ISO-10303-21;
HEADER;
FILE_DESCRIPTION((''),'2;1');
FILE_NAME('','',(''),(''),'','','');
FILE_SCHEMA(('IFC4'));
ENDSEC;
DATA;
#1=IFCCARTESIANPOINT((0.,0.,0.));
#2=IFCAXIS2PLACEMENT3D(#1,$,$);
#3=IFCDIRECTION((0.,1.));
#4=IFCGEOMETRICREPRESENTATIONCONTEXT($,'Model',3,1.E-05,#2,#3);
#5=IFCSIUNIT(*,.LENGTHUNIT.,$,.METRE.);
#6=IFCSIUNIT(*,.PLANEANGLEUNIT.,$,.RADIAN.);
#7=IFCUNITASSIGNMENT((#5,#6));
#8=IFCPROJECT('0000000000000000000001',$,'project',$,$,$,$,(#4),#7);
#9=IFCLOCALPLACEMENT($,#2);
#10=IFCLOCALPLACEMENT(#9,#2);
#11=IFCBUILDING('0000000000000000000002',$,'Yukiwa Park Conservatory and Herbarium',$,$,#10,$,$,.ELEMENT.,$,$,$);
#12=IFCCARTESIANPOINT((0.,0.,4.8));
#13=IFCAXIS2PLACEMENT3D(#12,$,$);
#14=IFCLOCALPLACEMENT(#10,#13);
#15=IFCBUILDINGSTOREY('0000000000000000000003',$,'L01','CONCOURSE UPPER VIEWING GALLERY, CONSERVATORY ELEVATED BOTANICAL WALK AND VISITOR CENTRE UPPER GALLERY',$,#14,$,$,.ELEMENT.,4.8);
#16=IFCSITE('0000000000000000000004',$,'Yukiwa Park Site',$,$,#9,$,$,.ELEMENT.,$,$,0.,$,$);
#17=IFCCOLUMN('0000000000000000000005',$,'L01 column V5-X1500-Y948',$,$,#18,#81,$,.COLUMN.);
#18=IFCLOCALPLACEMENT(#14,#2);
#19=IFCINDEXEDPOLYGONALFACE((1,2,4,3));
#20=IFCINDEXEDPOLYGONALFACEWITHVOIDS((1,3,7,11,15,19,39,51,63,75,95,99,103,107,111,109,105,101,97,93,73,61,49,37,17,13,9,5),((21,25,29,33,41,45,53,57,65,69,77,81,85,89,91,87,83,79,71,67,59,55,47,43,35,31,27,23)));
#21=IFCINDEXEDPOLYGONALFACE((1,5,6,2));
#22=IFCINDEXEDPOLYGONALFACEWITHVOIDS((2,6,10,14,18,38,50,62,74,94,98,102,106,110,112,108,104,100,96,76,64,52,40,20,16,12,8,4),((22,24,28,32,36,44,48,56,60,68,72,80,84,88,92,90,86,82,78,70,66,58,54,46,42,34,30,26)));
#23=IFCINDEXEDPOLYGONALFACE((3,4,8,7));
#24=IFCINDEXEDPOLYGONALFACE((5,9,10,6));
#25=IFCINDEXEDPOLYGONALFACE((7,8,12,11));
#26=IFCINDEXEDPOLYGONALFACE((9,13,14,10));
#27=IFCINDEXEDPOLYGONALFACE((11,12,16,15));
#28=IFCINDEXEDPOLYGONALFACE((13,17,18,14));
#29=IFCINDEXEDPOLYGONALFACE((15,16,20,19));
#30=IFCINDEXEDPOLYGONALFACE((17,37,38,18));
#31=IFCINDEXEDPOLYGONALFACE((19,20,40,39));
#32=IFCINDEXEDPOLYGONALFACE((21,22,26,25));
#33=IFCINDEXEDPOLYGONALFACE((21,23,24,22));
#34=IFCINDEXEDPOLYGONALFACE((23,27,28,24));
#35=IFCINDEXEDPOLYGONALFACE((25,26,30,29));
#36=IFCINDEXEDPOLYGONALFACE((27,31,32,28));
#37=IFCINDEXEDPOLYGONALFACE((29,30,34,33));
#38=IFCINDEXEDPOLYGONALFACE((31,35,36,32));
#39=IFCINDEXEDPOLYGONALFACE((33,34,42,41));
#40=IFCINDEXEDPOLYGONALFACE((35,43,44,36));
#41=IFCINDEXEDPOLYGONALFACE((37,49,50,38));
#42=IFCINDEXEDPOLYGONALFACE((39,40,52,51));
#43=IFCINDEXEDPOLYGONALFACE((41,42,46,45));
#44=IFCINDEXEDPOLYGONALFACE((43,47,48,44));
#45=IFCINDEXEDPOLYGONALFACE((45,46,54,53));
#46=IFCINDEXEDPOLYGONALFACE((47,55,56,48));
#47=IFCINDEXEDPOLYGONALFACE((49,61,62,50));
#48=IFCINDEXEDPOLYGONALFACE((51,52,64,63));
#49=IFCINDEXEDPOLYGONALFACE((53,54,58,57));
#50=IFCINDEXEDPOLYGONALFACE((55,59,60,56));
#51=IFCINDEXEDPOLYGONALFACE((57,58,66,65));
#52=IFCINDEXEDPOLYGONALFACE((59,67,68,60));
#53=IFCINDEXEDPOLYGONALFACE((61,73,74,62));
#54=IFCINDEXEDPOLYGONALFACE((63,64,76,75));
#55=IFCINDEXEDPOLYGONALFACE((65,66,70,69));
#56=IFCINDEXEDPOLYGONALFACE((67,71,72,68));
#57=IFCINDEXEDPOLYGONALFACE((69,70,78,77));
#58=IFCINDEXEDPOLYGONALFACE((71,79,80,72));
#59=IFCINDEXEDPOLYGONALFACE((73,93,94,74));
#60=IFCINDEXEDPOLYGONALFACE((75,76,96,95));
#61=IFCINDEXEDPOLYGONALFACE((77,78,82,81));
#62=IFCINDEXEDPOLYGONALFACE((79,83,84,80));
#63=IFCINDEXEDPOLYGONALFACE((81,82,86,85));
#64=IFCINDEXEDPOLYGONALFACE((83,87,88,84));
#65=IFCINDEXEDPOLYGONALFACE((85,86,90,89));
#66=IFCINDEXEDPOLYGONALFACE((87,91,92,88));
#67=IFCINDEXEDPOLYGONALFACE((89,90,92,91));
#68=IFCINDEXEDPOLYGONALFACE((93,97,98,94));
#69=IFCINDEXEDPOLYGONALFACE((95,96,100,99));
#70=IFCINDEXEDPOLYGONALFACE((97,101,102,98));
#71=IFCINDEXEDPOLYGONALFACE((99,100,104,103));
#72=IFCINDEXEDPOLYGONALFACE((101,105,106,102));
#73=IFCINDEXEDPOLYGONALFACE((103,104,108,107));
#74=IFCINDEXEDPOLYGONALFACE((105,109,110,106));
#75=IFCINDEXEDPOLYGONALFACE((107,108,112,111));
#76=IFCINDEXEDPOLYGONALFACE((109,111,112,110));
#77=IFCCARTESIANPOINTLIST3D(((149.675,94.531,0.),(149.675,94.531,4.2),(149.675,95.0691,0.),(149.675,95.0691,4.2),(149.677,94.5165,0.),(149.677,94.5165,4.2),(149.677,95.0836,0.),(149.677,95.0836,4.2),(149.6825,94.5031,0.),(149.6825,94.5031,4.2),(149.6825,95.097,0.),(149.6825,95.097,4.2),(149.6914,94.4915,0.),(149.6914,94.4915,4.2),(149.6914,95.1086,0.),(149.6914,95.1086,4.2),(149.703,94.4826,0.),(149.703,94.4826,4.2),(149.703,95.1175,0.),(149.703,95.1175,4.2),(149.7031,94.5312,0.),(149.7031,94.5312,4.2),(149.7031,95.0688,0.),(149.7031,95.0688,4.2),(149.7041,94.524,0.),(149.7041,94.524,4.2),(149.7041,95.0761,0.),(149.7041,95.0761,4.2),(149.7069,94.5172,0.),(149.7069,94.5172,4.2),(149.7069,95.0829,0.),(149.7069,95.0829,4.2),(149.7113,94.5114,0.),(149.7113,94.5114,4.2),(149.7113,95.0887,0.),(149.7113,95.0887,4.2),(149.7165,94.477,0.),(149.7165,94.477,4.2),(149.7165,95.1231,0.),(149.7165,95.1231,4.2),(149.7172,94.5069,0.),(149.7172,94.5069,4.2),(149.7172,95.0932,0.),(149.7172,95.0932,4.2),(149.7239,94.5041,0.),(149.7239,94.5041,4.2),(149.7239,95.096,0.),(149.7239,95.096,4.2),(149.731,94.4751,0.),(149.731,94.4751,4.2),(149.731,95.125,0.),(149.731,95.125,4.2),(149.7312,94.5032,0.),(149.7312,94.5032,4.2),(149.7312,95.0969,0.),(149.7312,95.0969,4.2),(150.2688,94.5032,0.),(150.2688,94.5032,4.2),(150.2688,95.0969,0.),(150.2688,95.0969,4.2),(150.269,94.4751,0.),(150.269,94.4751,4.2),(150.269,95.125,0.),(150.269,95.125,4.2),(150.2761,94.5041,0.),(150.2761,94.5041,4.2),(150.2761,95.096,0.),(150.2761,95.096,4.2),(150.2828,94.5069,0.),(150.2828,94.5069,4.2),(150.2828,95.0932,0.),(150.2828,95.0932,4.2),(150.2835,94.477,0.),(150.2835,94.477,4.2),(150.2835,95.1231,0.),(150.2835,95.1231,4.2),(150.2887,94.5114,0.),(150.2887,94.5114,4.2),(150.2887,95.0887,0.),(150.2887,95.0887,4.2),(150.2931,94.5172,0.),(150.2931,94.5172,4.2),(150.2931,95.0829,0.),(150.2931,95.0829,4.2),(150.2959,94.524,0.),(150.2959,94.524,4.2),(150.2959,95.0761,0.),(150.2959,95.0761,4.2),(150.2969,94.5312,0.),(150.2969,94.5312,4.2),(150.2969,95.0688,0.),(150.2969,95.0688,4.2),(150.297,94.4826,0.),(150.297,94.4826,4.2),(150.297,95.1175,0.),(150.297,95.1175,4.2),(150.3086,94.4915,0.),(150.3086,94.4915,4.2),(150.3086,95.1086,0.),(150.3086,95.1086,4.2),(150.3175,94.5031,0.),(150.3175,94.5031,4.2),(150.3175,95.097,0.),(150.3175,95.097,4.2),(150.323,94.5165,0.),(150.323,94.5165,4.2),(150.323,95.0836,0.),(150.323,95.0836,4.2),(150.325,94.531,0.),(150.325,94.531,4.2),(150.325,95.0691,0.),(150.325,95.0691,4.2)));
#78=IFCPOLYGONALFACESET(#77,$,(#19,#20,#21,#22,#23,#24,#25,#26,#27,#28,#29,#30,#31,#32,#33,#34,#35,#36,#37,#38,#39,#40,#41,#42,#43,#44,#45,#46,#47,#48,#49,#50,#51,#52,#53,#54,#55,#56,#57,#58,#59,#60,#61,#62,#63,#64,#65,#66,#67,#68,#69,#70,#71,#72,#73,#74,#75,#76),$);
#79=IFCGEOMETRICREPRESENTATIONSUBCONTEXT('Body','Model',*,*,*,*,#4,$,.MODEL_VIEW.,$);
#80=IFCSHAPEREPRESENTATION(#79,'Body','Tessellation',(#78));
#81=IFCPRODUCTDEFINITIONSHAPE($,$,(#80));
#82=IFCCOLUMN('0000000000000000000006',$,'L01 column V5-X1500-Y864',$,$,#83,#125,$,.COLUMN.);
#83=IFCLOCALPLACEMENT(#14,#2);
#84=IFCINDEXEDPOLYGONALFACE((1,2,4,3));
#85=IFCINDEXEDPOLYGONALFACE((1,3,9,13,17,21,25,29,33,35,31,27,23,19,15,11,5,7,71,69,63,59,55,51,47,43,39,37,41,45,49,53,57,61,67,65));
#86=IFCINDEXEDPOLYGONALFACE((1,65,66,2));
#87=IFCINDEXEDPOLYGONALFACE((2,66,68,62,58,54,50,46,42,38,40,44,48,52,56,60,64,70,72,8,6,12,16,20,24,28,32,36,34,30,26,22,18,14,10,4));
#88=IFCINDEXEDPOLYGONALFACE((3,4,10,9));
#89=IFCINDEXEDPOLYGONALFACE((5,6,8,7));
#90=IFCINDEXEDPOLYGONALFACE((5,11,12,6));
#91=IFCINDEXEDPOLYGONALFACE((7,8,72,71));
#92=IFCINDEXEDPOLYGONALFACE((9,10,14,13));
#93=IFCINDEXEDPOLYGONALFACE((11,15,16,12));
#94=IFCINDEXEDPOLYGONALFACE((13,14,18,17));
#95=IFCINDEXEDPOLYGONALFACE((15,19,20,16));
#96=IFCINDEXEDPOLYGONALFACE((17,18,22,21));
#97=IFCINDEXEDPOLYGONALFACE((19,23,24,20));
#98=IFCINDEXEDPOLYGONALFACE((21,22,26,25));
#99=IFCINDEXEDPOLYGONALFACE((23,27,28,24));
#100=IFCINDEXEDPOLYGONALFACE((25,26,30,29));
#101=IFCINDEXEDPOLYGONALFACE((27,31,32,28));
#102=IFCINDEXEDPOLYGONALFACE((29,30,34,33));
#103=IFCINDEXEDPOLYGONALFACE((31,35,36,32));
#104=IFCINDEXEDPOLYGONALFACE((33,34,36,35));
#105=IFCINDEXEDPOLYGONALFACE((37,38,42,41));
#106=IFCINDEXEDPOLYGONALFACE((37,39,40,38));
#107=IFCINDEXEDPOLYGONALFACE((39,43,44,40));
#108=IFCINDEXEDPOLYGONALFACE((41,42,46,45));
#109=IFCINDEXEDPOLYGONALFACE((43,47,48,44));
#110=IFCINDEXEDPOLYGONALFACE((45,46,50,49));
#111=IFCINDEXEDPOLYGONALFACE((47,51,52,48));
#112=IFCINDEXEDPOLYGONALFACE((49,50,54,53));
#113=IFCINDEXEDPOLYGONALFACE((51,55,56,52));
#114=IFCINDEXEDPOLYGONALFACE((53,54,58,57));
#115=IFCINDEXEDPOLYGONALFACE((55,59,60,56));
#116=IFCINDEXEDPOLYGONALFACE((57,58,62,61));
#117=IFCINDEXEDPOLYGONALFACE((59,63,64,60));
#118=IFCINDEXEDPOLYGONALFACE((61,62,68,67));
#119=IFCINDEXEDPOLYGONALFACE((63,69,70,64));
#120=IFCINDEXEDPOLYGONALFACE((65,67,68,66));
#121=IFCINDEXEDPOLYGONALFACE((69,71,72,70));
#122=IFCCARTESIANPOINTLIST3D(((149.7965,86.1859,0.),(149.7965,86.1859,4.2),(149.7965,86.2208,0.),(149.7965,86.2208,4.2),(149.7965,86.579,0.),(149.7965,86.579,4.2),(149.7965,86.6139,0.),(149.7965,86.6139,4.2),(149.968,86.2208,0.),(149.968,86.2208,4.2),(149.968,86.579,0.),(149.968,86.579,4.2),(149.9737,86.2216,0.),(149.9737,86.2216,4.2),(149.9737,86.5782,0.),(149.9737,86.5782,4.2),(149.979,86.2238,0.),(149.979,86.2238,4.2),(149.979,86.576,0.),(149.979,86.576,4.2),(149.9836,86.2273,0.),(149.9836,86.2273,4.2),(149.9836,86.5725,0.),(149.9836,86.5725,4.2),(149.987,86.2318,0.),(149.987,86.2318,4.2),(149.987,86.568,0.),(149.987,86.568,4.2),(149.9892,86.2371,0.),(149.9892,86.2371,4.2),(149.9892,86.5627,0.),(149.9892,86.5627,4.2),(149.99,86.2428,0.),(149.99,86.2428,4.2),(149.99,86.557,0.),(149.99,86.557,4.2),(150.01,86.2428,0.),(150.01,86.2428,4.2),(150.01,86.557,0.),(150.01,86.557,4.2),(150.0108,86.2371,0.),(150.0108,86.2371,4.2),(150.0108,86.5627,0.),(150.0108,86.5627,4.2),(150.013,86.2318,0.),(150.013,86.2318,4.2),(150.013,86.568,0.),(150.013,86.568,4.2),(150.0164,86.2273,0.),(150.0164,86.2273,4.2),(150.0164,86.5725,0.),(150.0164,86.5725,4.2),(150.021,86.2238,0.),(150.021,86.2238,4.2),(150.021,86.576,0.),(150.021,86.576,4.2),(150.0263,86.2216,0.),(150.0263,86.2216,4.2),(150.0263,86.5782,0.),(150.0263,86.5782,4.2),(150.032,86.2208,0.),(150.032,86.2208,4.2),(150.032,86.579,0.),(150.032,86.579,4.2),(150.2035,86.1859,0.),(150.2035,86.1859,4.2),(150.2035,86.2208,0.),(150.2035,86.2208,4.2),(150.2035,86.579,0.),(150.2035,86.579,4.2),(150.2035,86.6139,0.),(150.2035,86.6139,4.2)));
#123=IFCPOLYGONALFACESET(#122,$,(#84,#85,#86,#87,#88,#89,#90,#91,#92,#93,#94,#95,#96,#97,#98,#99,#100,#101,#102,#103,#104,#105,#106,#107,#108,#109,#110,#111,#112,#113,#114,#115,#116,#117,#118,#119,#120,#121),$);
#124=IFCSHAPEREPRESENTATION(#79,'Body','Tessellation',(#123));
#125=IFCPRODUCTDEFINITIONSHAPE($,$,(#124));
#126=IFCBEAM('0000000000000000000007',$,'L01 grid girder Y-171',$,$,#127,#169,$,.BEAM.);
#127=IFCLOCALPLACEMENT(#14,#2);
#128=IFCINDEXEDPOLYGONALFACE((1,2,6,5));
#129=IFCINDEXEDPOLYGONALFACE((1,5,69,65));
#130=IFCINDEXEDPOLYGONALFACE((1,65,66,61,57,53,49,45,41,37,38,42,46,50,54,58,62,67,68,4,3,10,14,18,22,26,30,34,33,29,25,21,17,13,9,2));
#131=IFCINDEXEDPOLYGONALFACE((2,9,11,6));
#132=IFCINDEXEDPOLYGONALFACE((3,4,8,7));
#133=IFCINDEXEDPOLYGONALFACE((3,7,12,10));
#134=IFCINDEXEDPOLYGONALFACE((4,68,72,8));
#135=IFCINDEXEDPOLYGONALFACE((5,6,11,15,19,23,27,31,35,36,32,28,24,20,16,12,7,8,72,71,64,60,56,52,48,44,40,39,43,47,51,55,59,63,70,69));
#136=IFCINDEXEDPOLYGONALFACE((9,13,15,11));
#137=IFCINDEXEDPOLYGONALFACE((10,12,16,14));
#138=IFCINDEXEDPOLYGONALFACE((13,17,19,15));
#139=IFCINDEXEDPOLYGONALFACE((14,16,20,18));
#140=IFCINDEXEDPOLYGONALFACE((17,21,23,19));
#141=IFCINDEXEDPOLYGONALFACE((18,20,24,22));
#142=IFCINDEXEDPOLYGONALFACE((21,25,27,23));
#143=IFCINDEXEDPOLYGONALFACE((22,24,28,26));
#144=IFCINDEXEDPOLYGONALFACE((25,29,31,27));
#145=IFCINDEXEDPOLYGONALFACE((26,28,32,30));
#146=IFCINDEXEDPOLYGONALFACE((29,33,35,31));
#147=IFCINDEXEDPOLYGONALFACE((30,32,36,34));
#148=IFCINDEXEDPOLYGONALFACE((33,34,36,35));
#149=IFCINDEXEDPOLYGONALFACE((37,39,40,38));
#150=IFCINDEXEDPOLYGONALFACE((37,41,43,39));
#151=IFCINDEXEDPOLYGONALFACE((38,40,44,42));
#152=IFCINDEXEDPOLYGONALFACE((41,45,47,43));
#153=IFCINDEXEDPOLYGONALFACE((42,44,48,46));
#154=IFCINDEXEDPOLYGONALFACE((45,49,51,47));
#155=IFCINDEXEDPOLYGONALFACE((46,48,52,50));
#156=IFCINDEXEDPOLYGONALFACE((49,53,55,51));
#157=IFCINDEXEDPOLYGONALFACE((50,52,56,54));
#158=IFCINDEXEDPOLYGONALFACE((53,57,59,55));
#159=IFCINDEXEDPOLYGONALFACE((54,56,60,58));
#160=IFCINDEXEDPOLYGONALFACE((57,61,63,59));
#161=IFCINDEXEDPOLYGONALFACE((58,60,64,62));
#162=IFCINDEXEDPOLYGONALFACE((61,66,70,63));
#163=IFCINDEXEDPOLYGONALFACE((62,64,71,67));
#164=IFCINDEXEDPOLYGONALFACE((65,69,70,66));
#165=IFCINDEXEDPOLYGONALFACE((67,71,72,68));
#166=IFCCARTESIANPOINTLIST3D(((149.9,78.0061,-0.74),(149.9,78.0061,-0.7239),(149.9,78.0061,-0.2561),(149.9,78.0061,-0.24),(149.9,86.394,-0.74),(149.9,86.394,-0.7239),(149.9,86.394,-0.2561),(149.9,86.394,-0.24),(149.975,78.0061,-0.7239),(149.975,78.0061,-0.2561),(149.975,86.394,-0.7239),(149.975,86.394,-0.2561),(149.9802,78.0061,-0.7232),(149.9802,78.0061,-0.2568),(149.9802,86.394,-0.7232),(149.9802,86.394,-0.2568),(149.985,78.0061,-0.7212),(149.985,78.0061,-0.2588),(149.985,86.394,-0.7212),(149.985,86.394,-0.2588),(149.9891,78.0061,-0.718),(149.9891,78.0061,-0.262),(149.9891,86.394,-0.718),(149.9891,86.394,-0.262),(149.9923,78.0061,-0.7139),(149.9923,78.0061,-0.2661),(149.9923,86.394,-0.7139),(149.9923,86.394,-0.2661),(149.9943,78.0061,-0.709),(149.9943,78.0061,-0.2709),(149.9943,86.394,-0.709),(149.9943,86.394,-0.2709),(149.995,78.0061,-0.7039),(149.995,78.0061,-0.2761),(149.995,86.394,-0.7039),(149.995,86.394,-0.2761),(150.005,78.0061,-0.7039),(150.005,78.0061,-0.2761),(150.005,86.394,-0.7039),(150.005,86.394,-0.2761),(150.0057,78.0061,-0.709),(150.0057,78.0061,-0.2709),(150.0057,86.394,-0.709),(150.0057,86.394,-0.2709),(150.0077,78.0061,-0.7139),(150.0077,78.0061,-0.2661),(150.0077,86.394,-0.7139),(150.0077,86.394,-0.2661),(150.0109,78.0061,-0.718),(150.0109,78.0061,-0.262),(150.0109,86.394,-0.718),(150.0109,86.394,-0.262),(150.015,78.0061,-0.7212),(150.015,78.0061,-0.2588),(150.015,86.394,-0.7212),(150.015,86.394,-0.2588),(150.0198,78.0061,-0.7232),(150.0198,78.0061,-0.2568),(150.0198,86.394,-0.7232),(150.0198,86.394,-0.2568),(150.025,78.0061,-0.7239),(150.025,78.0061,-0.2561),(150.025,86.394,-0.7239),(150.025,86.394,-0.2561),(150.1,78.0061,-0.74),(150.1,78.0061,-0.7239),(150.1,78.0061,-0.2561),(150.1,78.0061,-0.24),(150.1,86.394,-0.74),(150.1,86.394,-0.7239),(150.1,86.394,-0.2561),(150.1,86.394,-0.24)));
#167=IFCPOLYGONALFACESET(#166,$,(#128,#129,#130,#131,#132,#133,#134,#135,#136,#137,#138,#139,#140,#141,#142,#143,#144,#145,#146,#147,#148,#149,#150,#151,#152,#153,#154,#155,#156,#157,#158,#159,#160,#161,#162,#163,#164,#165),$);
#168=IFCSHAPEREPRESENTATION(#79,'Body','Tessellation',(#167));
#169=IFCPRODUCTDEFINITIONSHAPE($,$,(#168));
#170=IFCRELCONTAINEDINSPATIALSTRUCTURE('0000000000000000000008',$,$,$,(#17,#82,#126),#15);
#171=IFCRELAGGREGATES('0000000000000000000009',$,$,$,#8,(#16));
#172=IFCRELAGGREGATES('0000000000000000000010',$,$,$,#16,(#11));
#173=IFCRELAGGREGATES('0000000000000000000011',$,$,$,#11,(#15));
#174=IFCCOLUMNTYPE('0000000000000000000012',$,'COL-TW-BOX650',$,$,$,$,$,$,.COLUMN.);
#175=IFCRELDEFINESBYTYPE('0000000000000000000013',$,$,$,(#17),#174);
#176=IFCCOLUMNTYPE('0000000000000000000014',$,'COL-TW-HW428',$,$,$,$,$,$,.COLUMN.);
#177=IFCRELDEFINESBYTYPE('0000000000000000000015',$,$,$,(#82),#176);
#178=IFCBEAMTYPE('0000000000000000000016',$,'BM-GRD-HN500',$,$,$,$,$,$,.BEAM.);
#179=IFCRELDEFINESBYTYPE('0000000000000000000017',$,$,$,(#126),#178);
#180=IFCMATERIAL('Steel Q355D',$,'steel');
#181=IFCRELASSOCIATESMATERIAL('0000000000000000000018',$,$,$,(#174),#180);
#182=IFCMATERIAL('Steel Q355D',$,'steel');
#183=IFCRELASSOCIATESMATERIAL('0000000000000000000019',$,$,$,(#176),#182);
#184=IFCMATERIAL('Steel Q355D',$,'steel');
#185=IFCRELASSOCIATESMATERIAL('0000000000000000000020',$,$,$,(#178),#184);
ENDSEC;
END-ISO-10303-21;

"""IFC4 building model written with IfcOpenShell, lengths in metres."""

from ifc_helpers import new_model, si_unit, direction, frame, origin, origin_2d, place, context, subcontext, project, spatial, hollow_rectangle, i_section, extrude, material, material_profile, profile_set, type_object, element, save


model = new_model("IFC4")

# Units and contexts
model_context = context("Model", 3, precision=1e-05, world=origin(), true_north=direction((0.0, 1.0)))
body_context = subcontext(model_context, "Body", "Model", "MODEL_VIEW")
ifc_project = project(units=[si_unit("LENGTHUNIT", "METRE"), si_unit("PLANEANGLEUNIT", "RADIAN")], contexts=[model_context])

# Site, building, storey
site_placement = place(None, origin())
site = spatial("IfcSite", under=ifc_project, at=site_placement, Name="Yukiwa Park Site", CompositionType="ELEMENT", RefElevation=0.0)
building_placement = place(site_placement, origin())
building = spatial("IfcBuilding", under=site, at=building_placement, Name="Yukiwa Park Conservatory and Herbarium", CompositionType="ELEMENT")
storey_placement = place(building_placement, frame((0.0, 0.0, 4.8)))
storey = spatial("IfcBuildingStorey", under=building, at=storey_placement, Name="L01", Description="CONCOURSE UPPER VIEWING GALLERY, CONSERVATORY ELEVATED BOTANICAL WALK AND VISITOR CENTRE UPPER GALLERY", CompositionType="ELEMENT", Elevation=4.8)

# Columns
ifc_material_1 = material(Name="Steel Q355D", Category="steel")
ifc_material_profile_1 = material_profile(ifc_material_1, hollow_rectangle(XDim=0.6499, YDim=0.6499, WallThickness=0.0281, InnerFilletRadius=0.0281, OuterFilletRadius=0.0559, at=origin_2d()), Name="BOX 650x650x28")
ifc_profile_set_1 = profile_set([ifc_material_profile_1], Name="Steel Q355D")
column_type_1 = type_object("IfcColumnType", Name="COL-TW-BOX650", PredefinedType="COLUMN", material=ifc_profile_set_1)
column_1_placement = place(storey_placement, frame((150.0, 94.8, 0.0), z_axis=(0.0, 0.0, 1.0), x_axis=(1.0, 0.0, 0.0)))
element("IfcColumn", 1, at=column_1_placement, inside=storey, type_object=column_type_1, Name="L01 column V5-X1500-Y948", PredefinedType="COLUMN", context=body_context, shape_type="SweptSolid", body=[
    extrude(hollow_rectangle(XDim=0.6499, YDim=0.6499, WallThickness=0.0281, InnerFilletRadius=0.0281, OuterFilletRadius=0.0559, at=origin_2d()), origin(), (0.0, 0.0, 1.0), 4.2),
])
ifc_material_2 = material(Name="Steel Q355D", Category="steel")
ifc_material_profile_2 = material_profile(ifc_material_2, i_section(OverallWidth=0.407, OverallDepth=0.428, WebThickness=0.02, FlangeThickness=0.0349, FilletRadius=0.022, at=origin_2d()), Name="HW 428x407x20x35")
ifc_profile_set_2 = profile_set([ifc_material_profile_2], Name="Steel Q355D")
column_type_2 = type_object("IfcColumnType", Name="COL-TW-HW428", PredefinedType="COLUMN", material=ifc_profile_set_2)
column_2_placement = place(storey_placement, frame((150.0, 86.3999, 0.0), z_axis=(0.0, 0.0, 1.0), x_axis=(1.0, 0.0, 0.0)))
element("IfcColumn", 2, at=column_2_placement, inside=storey, type_object=column_type_2, Name="L01 column V5-X1500-Y864", PredefinedType="COLUMN", context=body_context, shape_type="SweptSolid", body=[
    extrude(i_section(OverallWidth=0.407, OverallDepth=0.428, WebThickness=0.02, FlangeThickness=0.0349, FilletRadius=0.022, at=origin_2d()), origin(), (0.0, 0.0, 1.0), 4.2),
])

# Beam
ifc_material_3 = material(Name="Steel Q355D", Category="steel")
ifc_material_profile_3 = material_profile(ifc_material_3, i_section(OverallWidth=0.2, OverallDepth=0.5, WebThickness=0.01, FlangeThickness=0.0161, FilletRadius=0.02, at=origin_2d()), Name="HN 500x200x10x16")
ifc_profile_set_3 = profile_set([ifc_material_profile_3], Name="Steel Q355D")
beam_type_1 = type_object("IfcBeamType", Name="BM-GRD-HN500", PredefinedType="BEAM", material=ifc_profile_set_3)
for number, where, z_axis, x_axis, name in (
    (3, (150.0, 78.0061, -0.49), (0.0, 1.0, 0.0), (-1.0, 0.0, 0.0), "L01 grid girder Y-171"),
):
    element("IfcBeam", number, at=place(storey_placement, frame(where, z_axis=z_axis, x_axis=x_axis)), inside=storey, type_object=beam_type_1, Name=name, PredefinedType="BEAM", context=body_context, shape_type="SweptSolid", body=[
        extrude(i_section(OverallWidth=0.2, OverallDepth=0.5, WebThickness=0.01, FlangeThickness=0.0161, FilletRadius=0.02, at=origin_2d()), origin(), (0.0, 0.0, 1.0), 8.3879),
    ])

save(model, "model.ifc")
